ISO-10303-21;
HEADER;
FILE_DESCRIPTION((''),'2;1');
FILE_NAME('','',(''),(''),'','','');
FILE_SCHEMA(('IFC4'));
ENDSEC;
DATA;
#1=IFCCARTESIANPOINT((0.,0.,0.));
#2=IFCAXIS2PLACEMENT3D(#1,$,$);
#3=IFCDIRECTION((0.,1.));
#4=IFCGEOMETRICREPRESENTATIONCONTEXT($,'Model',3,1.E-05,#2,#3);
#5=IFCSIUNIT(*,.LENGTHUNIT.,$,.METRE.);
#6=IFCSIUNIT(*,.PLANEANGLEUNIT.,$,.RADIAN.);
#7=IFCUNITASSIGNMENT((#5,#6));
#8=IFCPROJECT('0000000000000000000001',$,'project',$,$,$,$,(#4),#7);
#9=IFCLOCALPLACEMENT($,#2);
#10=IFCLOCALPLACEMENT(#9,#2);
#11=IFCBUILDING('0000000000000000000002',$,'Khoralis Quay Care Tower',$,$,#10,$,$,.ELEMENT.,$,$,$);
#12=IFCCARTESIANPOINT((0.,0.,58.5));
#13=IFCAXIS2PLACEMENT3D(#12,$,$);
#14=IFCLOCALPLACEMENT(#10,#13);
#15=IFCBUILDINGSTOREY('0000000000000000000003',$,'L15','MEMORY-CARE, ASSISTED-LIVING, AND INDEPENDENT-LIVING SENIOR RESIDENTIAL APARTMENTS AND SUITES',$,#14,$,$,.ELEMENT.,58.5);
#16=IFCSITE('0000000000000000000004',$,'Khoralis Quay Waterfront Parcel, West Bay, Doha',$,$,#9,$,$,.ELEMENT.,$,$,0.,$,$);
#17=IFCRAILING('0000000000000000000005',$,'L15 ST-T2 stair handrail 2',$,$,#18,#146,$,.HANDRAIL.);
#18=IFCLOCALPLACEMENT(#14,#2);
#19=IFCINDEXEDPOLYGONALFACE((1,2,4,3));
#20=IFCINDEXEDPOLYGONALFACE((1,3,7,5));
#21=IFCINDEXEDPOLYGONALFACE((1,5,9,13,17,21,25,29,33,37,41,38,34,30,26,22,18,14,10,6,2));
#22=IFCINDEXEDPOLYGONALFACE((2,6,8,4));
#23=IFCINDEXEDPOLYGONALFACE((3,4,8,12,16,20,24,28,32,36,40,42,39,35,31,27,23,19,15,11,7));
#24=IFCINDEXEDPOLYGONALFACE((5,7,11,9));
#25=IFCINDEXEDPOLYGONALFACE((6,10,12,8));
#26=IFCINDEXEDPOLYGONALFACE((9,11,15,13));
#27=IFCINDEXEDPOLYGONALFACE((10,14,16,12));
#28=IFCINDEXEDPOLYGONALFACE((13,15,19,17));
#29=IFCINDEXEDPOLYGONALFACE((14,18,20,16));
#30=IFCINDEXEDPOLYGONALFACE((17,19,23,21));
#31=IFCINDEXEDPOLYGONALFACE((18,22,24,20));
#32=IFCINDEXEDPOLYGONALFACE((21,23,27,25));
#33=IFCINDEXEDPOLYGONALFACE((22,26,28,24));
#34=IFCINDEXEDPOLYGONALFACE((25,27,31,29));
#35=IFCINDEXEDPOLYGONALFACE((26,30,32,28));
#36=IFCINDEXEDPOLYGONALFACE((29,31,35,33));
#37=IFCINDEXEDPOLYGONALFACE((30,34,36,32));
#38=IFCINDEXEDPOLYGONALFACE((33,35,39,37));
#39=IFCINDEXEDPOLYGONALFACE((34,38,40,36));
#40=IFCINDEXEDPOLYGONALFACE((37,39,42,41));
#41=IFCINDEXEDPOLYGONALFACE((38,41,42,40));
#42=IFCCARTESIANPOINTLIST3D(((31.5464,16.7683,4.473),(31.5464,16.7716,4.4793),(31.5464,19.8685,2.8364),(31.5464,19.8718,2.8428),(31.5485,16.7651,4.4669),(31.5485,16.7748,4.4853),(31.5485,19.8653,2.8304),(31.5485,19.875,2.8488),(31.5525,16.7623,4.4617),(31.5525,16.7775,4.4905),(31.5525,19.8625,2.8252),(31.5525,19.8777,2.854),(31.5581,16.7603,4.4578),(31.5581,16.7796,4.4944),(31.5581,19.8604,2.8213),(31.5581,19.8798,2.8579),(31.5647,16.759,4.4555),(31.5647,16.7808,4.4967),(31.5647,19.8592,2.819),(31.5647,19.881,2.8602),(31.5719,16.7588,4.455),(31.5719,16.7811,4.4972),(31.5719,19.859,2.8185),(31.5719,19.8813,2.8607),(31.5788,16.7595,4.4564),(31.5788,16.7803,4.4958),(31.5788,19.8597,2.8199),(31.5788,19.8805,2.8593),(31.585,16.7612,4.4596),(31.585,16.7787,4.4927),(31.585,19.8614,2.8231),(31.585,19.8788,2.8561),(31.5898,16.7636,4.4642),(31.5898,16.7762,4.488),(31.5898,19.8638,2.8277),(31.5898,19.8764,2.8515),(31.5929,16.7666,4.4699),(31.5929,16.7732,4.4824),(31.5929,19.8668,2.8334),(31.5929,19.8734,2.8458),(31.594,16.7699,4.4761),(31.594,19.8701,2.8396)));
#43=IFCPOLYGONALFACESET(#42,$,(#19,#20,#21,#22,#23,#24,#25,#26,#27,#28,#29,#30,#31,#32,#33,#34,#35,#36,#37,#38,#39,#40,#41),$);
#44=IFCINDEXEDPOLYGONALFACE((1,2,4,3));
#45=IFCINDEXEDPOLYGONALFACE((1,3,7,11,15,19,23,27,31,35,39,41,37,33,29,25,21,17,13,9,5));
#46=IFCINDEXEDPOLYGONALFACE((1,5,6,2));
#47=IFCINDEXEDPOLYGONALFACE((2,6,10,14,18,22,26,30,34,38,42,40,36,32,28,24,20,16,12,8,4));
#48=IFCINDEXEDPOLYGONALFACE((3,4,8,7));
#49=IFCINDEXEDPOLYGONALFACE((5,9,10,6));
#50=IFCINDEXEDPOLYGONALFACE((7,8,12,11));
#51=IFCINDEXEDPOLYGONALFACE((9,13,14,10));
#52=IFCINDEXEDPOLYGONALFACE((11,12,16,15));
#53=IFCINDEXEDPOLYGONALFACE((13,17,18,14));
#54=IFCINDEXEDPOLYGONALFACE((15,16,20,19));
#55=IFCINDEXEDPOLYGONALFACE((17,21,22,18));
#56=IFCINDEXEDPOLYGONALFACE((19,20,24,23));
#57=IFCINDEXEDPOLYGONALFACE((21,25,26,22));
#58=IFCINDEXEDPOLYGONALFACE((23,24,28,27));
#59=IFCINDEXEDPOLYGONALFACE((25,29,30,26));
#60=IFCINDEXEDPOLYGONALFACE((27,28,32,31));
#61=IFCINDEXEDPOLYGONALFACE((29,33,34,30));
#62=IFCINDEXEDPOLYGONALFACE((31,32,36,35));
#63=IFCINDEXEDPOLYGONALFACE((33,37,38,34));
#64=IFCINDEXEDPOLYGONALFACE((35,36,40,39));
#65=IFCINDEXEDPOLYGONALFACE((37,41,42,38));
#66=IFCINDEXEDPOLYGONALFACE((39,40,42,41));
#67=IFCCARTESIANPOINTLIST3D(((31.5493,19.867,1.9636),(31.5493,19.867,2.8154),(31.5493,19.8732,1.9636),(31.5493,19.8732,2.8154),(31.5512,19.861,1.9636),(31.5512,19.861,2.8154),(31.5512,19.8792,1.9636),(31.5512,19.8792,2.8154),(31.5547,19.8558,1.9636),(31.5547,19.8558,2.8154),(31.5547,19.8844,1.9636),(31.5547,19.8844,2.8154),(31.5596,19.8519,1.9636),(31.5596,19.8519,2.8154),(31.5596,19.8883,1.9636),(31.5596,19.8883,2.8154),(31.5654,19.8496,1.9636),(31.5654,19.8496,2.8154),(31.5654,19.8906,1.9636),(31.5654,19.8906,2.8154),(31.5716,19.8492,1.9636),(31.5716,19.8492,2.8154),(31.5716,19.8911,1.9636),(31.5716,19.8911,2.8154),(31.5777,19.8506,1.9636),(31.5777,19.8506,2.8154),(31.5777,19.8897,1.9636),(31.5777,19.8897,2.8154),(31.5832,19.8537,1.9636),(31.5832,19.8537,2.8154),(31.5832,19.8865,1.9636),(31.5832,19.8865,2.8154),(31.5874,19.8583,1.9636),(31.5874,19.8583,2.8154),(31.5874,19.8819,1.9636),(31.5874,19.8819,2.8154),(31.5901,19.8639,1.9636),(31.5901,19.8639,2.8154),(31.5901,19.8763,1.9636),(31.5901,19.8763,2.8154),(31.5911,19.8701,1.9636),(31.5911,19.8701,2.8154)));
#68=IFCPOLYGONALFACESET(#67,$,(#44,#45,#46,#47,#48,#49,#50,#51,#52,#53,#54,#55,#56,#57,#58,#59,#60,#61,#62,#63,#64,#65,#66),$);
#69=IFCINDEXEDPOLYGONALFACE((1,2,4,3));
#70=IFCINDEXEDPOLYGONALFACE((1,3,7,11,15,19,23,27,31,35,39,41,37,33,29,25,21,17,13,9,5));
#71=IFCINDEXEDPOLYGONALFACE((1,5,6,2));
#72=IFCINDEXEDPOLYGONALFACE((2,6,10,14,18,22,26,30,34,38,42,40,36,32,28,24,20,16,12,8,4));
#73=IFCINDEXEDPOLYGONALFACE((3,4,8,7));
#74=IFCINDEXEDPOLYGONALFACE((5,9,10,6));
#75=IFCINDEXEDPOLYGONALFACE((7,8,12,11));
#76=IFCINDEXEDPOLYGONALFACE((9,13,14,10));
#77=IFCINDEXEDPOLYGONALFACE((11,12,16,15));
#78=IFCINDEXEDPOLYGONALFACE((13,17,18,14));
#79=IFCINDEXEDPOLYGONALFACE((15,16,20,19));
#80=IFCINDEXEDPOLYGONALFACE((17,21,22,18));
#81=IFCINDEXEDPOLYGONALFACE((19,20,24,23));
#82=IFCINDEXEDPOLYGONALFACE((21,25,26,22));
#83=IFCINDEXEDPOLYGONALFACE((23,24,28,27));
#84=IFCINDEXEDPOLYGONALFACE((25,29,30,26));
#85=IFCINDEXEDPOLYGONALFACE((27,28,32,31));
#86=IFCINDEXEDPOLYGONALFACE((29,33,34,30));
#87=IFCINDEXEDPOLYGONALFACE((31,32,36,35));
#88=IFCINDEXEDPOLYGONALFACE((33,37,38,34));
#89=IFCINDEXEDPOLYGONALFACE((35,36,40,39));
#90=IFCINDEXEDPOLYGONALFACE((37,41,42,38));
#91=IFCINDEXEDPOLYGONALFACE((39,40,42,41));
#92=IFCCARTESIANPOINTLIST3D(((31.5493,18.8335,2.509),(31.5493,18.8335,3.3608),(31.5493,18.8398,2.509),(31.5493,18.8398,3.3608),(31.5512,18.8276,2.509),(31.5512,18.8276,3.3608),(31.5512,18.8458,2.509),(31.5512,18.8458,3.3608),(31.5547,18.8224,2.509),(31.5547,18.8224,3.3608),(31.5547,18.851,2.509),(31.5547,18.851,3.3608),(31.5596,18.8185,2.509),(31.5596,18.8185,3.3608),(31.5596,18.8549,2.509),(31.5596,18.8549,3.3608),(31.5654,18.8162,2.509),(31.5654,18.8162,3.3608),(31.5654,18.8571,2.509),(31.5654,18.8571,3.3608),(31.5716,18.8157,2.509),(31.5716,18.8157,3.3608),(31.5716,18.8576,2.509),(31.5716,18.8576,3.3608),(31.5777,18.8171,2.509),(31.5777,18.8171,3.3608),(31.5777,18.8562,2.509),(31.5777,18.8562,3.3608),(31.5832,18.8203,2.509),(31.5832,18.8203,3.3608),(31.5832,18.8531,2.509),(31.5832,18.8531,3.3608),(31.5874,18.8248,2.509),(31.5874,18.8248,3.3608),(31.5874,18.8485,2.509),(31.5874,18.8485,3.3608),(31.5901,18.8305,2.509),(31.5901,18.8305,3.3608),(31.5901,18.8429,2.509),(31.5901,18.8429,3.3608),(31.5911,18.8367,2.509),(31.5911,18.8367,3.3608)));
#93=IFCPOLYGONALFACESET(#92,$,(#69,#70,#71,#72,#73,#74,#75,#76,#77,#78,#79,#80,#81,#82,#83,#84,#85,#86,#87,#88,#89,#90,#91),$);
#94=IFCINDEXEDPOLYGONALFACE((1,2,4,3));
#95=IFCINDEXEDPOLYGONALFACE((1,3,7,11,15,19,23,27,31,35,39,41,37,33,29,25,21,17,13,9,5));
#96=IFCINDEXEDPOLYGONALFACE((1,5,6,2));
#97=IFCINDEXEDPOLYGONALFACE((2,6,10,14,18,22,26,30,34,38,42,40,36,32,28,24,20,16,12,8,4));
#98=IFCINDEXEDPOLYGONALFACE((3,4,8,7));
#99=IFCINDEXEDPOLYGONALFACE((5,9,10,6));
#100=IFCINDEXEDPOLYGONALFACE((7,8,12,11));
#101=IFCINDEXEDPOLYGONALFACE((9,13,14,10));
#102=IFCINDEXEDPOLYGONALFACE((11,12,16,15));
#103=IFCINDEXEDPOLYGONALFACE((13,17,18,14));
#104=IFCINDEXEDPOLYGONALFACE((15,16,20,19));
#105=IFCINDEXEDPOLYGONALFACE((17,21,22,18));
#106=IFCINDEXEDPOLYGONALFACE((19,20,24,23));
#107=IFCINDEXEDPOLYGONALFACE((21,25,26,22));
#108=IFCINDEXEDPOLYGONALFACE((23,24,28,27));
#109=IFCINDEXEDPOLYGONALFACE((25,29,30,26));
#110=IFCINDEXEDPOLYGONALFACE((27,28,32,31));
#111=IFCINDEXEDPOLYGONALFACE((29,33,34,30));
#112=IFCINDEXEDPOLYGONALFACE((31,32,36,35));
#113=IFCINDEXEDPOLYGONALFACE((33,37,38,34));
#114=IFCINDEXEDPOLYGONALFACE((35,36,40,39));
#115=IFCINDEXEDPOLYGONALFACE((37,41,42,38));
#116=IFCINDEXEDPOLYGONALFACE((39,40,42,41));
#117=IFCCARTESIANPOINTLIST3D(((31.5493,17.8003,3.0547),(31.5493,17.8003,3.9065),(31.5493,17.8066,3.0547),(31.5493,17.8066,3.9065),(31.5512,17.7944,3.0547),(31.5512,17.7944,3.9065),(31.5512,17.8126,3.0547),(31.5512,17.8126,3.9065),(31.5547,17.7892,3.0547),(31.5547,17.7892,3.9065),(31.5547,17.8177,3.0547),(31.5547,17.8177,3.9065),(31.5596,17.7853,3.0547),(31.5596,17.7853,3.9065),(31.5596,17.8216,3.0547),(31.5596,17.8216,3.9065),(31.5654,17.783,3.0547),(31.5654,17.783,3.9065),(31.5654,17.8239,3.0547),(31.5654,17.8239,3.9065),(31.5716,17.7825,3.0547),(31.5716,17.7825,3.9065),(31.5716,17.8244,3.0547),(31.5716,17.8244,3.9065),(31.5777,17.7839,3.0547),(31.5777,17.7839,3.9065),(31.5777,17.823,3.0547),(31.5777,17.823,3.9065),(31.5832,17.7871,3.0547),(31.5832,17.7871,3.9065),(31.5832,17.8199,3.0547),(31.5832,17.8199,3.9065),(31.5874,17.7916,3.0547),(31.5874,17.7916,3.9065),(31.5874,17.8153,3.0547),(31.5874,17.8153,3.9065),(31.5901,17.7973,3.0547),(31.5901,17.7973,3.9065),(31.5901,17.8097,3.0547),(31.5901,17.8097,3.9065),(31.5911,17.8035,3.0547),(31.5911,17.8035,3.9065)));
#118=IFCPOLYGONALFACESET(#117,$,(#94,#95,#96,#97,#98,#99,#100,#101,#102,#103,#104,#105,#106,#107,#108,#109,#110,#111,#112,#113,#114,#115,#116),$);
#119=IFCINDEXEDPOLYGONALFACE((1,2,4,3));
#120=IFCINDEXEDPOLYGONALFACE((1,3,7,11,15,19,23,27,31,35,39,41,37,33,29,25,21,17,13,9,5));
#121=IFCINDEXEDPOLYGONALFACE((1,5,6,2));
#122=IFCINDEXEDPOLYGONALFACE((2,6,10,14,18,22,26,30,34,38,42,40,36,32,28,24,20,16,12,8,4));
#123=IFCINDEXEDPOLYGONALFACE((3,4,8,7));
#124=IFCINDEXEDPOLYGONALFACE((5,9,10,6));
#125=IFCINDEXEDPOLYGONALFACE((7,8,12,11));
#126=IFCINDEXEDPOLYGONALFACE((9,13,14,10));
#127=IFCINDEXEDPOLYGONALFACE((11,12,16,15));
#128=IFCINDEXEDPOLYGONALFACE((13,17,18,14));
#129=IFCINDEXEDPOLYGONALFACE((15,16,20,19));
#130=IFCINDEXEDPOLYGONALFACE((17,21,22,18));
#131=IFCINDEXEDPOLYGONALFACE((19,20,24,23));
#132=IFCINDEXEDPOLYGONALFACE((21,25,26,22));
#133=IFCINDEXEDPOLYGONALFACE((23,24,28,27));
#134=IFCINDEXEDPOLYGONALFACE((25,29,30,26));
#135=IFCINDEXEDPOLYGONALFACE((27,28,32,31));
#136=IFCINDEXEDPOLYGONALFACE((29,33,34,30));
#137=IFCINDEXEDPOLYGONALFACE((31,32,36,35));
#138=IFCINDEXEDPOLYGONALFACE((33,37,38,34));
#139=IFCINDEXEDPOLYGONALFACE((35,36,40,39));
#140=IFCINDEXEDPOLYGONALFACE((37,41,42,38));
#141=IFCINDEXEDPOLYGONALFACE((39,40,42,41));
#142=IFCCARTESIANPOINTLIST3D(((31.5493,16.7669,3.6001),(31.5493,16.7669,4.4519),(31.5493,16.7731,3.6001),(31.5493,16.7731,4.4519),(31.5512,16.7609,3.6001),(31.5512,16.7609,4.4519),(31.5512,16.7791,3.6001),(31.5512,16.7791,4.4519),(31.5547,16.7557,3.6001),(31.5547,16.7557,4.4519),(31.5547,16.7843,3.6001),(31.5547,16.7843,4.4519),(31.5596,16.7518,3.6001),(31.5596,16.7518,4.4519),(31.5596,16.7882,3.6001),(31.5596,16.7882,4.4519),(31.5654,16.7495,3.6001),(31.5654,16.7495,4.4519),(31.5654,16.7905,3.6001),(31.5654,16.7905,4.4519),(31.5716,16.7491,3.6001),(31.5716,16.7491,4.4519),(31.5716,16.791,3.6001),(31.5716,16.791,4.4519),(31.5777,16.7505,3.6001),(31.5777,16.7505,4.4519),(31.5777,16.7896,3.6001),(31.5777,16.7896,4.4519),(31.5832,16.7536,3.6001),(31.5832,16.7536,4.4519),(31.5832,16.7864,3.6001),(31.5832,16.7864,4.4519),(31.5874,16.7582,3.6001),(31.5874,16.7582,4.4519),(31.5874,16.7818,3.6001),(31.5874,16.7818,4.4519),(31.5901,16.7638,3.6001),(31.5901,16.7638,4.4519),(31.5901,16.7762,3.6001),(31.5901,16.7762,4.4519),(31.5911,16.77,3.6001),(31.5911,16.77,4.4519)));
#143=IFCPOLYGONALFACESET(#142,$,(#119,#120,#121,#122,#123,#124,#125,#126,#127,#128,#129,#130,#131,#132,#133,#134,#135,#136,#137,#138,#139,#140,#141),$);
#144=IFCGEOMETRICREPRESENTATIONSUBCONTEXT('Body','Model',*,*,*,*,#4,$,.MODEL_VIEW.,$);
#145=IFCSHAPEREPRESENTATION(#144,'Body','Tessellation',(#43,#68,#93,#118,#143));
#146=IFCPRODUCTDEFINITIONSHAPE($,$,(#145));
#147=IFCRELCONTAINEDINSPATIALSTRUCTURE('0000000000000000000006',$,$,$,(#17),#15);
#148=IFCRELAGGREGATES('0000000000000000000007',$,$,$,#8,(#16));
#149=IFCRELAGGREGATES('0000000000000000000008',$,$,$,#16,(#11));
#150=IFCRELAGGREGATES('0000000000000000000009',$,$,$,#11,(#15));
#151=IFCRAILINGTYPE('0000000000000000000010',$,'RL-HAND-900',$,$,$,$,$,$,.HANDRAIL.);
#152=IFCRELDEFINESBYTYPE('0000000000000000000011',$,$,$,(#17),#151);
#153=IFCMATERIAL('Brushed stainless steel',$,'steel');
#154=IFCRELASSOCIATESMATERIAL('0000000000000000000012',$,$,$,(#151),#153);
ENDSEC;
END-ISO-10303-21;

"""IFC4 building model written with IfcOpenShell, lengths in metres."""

from ifc_helpers import new_model, si_unit, direction, frame, origin, origin_2d, place, context, subcontext, project, spatial, circle, extrude, material, type_object, element, save


model = new_model("IFC4")

# Units and contexts
model_context = context("Model", 3, precision=1e-05, world=origin(), true_north=direction((0.0, 1.0)))
body_context = subcontext(model_context, "Body", "Model", "MODEL_VIEW")
ifc_project = project(units=[si_unit("LENGTHUNIT", "METRE"), si_unit("PLANEANGLEUNIT", "RADIAN")], contexts=[model_context])

# Site, building, storey
site_placement = place(None, origin())
site = spatial("IfcSite", under=ifc_project, at=site_placement, Name="Khoralis Quay Waterfront Parcel, West Bay, Doha", CompositionType="ELEMENT", RefElevation=0.0)
building_placement = place(site_placement, origin())
building = spatial("IfcBuilding", under=site, at=building_placement, Name="Khoralis Quay Care Tower", CompositionType="ELEMENT")
storey_placement = place(building_placement, frame((0.0, 0.0, 58.5)))
storey = spatial("IfcBuildingStorey", under=building, at=storey_placement, Name="L15", Description="MEMORY-CARE, ASSISTED-LIVING, AND INDEPENDENT-LIVING SENIOR RESIDENTIAL APARTMENTS AND SUITES", CompositionType="ELEMENT", Elevation=58.5)

# Shared definitions
ifc_material_1 = material(Name="Brushed stainless steel", Category="steel")

# Railing
railing_type_1 = type_object("IfcRailingType", Name="RL-HAND-900", PredefinedType="HANDRAIL", material=ifc_material_1)
railing_1_placement = place(storey_placement, frame((31.5701, 19.8701, 1.9636)))
element("IfcRailing", 1, at=railing_1_placement, inside=storey, type_object=railing_type_1, Name="L15 ST-T2 stair handrail 2", PredefinedType="HANDRAIL", context=body_context, shape_type="SweptSolid", body=[
    extrude(circle(Radius=0.0239, at=origin_2d()), frame((0.0, 0.0, 0.876), z_axis=(0.0, -0.884348, 0.466828), x_axis=(1.0, 0.0, 0.0)), (0.0, 0.0, 1.0), 3.5056),
    extrude(circle(Radius=0.021, at=origin_2d()), origin(), (0.0, 0.0, 1.0), 0.8518),
    extrude(circle(Radius=0.021, at=origin_2d()), frame((0.0, -1.0334, 0.5454)), (0.0, 0.0, 1.0), 0.8518),
    extrude(circle(Radius=0.021, at=origin_2d()), frame((0.0, -2.0667, 1.0911)), (0.0, 0.0, 1.0), 0.8518),
    extrude(circle(Radius=0.021, at=origin_2d()), frame((0.0, -3.1001, 1.6365)), (0.0, 0.0, 1.0), 0.8518),
])

save(model, "model.ifc")
